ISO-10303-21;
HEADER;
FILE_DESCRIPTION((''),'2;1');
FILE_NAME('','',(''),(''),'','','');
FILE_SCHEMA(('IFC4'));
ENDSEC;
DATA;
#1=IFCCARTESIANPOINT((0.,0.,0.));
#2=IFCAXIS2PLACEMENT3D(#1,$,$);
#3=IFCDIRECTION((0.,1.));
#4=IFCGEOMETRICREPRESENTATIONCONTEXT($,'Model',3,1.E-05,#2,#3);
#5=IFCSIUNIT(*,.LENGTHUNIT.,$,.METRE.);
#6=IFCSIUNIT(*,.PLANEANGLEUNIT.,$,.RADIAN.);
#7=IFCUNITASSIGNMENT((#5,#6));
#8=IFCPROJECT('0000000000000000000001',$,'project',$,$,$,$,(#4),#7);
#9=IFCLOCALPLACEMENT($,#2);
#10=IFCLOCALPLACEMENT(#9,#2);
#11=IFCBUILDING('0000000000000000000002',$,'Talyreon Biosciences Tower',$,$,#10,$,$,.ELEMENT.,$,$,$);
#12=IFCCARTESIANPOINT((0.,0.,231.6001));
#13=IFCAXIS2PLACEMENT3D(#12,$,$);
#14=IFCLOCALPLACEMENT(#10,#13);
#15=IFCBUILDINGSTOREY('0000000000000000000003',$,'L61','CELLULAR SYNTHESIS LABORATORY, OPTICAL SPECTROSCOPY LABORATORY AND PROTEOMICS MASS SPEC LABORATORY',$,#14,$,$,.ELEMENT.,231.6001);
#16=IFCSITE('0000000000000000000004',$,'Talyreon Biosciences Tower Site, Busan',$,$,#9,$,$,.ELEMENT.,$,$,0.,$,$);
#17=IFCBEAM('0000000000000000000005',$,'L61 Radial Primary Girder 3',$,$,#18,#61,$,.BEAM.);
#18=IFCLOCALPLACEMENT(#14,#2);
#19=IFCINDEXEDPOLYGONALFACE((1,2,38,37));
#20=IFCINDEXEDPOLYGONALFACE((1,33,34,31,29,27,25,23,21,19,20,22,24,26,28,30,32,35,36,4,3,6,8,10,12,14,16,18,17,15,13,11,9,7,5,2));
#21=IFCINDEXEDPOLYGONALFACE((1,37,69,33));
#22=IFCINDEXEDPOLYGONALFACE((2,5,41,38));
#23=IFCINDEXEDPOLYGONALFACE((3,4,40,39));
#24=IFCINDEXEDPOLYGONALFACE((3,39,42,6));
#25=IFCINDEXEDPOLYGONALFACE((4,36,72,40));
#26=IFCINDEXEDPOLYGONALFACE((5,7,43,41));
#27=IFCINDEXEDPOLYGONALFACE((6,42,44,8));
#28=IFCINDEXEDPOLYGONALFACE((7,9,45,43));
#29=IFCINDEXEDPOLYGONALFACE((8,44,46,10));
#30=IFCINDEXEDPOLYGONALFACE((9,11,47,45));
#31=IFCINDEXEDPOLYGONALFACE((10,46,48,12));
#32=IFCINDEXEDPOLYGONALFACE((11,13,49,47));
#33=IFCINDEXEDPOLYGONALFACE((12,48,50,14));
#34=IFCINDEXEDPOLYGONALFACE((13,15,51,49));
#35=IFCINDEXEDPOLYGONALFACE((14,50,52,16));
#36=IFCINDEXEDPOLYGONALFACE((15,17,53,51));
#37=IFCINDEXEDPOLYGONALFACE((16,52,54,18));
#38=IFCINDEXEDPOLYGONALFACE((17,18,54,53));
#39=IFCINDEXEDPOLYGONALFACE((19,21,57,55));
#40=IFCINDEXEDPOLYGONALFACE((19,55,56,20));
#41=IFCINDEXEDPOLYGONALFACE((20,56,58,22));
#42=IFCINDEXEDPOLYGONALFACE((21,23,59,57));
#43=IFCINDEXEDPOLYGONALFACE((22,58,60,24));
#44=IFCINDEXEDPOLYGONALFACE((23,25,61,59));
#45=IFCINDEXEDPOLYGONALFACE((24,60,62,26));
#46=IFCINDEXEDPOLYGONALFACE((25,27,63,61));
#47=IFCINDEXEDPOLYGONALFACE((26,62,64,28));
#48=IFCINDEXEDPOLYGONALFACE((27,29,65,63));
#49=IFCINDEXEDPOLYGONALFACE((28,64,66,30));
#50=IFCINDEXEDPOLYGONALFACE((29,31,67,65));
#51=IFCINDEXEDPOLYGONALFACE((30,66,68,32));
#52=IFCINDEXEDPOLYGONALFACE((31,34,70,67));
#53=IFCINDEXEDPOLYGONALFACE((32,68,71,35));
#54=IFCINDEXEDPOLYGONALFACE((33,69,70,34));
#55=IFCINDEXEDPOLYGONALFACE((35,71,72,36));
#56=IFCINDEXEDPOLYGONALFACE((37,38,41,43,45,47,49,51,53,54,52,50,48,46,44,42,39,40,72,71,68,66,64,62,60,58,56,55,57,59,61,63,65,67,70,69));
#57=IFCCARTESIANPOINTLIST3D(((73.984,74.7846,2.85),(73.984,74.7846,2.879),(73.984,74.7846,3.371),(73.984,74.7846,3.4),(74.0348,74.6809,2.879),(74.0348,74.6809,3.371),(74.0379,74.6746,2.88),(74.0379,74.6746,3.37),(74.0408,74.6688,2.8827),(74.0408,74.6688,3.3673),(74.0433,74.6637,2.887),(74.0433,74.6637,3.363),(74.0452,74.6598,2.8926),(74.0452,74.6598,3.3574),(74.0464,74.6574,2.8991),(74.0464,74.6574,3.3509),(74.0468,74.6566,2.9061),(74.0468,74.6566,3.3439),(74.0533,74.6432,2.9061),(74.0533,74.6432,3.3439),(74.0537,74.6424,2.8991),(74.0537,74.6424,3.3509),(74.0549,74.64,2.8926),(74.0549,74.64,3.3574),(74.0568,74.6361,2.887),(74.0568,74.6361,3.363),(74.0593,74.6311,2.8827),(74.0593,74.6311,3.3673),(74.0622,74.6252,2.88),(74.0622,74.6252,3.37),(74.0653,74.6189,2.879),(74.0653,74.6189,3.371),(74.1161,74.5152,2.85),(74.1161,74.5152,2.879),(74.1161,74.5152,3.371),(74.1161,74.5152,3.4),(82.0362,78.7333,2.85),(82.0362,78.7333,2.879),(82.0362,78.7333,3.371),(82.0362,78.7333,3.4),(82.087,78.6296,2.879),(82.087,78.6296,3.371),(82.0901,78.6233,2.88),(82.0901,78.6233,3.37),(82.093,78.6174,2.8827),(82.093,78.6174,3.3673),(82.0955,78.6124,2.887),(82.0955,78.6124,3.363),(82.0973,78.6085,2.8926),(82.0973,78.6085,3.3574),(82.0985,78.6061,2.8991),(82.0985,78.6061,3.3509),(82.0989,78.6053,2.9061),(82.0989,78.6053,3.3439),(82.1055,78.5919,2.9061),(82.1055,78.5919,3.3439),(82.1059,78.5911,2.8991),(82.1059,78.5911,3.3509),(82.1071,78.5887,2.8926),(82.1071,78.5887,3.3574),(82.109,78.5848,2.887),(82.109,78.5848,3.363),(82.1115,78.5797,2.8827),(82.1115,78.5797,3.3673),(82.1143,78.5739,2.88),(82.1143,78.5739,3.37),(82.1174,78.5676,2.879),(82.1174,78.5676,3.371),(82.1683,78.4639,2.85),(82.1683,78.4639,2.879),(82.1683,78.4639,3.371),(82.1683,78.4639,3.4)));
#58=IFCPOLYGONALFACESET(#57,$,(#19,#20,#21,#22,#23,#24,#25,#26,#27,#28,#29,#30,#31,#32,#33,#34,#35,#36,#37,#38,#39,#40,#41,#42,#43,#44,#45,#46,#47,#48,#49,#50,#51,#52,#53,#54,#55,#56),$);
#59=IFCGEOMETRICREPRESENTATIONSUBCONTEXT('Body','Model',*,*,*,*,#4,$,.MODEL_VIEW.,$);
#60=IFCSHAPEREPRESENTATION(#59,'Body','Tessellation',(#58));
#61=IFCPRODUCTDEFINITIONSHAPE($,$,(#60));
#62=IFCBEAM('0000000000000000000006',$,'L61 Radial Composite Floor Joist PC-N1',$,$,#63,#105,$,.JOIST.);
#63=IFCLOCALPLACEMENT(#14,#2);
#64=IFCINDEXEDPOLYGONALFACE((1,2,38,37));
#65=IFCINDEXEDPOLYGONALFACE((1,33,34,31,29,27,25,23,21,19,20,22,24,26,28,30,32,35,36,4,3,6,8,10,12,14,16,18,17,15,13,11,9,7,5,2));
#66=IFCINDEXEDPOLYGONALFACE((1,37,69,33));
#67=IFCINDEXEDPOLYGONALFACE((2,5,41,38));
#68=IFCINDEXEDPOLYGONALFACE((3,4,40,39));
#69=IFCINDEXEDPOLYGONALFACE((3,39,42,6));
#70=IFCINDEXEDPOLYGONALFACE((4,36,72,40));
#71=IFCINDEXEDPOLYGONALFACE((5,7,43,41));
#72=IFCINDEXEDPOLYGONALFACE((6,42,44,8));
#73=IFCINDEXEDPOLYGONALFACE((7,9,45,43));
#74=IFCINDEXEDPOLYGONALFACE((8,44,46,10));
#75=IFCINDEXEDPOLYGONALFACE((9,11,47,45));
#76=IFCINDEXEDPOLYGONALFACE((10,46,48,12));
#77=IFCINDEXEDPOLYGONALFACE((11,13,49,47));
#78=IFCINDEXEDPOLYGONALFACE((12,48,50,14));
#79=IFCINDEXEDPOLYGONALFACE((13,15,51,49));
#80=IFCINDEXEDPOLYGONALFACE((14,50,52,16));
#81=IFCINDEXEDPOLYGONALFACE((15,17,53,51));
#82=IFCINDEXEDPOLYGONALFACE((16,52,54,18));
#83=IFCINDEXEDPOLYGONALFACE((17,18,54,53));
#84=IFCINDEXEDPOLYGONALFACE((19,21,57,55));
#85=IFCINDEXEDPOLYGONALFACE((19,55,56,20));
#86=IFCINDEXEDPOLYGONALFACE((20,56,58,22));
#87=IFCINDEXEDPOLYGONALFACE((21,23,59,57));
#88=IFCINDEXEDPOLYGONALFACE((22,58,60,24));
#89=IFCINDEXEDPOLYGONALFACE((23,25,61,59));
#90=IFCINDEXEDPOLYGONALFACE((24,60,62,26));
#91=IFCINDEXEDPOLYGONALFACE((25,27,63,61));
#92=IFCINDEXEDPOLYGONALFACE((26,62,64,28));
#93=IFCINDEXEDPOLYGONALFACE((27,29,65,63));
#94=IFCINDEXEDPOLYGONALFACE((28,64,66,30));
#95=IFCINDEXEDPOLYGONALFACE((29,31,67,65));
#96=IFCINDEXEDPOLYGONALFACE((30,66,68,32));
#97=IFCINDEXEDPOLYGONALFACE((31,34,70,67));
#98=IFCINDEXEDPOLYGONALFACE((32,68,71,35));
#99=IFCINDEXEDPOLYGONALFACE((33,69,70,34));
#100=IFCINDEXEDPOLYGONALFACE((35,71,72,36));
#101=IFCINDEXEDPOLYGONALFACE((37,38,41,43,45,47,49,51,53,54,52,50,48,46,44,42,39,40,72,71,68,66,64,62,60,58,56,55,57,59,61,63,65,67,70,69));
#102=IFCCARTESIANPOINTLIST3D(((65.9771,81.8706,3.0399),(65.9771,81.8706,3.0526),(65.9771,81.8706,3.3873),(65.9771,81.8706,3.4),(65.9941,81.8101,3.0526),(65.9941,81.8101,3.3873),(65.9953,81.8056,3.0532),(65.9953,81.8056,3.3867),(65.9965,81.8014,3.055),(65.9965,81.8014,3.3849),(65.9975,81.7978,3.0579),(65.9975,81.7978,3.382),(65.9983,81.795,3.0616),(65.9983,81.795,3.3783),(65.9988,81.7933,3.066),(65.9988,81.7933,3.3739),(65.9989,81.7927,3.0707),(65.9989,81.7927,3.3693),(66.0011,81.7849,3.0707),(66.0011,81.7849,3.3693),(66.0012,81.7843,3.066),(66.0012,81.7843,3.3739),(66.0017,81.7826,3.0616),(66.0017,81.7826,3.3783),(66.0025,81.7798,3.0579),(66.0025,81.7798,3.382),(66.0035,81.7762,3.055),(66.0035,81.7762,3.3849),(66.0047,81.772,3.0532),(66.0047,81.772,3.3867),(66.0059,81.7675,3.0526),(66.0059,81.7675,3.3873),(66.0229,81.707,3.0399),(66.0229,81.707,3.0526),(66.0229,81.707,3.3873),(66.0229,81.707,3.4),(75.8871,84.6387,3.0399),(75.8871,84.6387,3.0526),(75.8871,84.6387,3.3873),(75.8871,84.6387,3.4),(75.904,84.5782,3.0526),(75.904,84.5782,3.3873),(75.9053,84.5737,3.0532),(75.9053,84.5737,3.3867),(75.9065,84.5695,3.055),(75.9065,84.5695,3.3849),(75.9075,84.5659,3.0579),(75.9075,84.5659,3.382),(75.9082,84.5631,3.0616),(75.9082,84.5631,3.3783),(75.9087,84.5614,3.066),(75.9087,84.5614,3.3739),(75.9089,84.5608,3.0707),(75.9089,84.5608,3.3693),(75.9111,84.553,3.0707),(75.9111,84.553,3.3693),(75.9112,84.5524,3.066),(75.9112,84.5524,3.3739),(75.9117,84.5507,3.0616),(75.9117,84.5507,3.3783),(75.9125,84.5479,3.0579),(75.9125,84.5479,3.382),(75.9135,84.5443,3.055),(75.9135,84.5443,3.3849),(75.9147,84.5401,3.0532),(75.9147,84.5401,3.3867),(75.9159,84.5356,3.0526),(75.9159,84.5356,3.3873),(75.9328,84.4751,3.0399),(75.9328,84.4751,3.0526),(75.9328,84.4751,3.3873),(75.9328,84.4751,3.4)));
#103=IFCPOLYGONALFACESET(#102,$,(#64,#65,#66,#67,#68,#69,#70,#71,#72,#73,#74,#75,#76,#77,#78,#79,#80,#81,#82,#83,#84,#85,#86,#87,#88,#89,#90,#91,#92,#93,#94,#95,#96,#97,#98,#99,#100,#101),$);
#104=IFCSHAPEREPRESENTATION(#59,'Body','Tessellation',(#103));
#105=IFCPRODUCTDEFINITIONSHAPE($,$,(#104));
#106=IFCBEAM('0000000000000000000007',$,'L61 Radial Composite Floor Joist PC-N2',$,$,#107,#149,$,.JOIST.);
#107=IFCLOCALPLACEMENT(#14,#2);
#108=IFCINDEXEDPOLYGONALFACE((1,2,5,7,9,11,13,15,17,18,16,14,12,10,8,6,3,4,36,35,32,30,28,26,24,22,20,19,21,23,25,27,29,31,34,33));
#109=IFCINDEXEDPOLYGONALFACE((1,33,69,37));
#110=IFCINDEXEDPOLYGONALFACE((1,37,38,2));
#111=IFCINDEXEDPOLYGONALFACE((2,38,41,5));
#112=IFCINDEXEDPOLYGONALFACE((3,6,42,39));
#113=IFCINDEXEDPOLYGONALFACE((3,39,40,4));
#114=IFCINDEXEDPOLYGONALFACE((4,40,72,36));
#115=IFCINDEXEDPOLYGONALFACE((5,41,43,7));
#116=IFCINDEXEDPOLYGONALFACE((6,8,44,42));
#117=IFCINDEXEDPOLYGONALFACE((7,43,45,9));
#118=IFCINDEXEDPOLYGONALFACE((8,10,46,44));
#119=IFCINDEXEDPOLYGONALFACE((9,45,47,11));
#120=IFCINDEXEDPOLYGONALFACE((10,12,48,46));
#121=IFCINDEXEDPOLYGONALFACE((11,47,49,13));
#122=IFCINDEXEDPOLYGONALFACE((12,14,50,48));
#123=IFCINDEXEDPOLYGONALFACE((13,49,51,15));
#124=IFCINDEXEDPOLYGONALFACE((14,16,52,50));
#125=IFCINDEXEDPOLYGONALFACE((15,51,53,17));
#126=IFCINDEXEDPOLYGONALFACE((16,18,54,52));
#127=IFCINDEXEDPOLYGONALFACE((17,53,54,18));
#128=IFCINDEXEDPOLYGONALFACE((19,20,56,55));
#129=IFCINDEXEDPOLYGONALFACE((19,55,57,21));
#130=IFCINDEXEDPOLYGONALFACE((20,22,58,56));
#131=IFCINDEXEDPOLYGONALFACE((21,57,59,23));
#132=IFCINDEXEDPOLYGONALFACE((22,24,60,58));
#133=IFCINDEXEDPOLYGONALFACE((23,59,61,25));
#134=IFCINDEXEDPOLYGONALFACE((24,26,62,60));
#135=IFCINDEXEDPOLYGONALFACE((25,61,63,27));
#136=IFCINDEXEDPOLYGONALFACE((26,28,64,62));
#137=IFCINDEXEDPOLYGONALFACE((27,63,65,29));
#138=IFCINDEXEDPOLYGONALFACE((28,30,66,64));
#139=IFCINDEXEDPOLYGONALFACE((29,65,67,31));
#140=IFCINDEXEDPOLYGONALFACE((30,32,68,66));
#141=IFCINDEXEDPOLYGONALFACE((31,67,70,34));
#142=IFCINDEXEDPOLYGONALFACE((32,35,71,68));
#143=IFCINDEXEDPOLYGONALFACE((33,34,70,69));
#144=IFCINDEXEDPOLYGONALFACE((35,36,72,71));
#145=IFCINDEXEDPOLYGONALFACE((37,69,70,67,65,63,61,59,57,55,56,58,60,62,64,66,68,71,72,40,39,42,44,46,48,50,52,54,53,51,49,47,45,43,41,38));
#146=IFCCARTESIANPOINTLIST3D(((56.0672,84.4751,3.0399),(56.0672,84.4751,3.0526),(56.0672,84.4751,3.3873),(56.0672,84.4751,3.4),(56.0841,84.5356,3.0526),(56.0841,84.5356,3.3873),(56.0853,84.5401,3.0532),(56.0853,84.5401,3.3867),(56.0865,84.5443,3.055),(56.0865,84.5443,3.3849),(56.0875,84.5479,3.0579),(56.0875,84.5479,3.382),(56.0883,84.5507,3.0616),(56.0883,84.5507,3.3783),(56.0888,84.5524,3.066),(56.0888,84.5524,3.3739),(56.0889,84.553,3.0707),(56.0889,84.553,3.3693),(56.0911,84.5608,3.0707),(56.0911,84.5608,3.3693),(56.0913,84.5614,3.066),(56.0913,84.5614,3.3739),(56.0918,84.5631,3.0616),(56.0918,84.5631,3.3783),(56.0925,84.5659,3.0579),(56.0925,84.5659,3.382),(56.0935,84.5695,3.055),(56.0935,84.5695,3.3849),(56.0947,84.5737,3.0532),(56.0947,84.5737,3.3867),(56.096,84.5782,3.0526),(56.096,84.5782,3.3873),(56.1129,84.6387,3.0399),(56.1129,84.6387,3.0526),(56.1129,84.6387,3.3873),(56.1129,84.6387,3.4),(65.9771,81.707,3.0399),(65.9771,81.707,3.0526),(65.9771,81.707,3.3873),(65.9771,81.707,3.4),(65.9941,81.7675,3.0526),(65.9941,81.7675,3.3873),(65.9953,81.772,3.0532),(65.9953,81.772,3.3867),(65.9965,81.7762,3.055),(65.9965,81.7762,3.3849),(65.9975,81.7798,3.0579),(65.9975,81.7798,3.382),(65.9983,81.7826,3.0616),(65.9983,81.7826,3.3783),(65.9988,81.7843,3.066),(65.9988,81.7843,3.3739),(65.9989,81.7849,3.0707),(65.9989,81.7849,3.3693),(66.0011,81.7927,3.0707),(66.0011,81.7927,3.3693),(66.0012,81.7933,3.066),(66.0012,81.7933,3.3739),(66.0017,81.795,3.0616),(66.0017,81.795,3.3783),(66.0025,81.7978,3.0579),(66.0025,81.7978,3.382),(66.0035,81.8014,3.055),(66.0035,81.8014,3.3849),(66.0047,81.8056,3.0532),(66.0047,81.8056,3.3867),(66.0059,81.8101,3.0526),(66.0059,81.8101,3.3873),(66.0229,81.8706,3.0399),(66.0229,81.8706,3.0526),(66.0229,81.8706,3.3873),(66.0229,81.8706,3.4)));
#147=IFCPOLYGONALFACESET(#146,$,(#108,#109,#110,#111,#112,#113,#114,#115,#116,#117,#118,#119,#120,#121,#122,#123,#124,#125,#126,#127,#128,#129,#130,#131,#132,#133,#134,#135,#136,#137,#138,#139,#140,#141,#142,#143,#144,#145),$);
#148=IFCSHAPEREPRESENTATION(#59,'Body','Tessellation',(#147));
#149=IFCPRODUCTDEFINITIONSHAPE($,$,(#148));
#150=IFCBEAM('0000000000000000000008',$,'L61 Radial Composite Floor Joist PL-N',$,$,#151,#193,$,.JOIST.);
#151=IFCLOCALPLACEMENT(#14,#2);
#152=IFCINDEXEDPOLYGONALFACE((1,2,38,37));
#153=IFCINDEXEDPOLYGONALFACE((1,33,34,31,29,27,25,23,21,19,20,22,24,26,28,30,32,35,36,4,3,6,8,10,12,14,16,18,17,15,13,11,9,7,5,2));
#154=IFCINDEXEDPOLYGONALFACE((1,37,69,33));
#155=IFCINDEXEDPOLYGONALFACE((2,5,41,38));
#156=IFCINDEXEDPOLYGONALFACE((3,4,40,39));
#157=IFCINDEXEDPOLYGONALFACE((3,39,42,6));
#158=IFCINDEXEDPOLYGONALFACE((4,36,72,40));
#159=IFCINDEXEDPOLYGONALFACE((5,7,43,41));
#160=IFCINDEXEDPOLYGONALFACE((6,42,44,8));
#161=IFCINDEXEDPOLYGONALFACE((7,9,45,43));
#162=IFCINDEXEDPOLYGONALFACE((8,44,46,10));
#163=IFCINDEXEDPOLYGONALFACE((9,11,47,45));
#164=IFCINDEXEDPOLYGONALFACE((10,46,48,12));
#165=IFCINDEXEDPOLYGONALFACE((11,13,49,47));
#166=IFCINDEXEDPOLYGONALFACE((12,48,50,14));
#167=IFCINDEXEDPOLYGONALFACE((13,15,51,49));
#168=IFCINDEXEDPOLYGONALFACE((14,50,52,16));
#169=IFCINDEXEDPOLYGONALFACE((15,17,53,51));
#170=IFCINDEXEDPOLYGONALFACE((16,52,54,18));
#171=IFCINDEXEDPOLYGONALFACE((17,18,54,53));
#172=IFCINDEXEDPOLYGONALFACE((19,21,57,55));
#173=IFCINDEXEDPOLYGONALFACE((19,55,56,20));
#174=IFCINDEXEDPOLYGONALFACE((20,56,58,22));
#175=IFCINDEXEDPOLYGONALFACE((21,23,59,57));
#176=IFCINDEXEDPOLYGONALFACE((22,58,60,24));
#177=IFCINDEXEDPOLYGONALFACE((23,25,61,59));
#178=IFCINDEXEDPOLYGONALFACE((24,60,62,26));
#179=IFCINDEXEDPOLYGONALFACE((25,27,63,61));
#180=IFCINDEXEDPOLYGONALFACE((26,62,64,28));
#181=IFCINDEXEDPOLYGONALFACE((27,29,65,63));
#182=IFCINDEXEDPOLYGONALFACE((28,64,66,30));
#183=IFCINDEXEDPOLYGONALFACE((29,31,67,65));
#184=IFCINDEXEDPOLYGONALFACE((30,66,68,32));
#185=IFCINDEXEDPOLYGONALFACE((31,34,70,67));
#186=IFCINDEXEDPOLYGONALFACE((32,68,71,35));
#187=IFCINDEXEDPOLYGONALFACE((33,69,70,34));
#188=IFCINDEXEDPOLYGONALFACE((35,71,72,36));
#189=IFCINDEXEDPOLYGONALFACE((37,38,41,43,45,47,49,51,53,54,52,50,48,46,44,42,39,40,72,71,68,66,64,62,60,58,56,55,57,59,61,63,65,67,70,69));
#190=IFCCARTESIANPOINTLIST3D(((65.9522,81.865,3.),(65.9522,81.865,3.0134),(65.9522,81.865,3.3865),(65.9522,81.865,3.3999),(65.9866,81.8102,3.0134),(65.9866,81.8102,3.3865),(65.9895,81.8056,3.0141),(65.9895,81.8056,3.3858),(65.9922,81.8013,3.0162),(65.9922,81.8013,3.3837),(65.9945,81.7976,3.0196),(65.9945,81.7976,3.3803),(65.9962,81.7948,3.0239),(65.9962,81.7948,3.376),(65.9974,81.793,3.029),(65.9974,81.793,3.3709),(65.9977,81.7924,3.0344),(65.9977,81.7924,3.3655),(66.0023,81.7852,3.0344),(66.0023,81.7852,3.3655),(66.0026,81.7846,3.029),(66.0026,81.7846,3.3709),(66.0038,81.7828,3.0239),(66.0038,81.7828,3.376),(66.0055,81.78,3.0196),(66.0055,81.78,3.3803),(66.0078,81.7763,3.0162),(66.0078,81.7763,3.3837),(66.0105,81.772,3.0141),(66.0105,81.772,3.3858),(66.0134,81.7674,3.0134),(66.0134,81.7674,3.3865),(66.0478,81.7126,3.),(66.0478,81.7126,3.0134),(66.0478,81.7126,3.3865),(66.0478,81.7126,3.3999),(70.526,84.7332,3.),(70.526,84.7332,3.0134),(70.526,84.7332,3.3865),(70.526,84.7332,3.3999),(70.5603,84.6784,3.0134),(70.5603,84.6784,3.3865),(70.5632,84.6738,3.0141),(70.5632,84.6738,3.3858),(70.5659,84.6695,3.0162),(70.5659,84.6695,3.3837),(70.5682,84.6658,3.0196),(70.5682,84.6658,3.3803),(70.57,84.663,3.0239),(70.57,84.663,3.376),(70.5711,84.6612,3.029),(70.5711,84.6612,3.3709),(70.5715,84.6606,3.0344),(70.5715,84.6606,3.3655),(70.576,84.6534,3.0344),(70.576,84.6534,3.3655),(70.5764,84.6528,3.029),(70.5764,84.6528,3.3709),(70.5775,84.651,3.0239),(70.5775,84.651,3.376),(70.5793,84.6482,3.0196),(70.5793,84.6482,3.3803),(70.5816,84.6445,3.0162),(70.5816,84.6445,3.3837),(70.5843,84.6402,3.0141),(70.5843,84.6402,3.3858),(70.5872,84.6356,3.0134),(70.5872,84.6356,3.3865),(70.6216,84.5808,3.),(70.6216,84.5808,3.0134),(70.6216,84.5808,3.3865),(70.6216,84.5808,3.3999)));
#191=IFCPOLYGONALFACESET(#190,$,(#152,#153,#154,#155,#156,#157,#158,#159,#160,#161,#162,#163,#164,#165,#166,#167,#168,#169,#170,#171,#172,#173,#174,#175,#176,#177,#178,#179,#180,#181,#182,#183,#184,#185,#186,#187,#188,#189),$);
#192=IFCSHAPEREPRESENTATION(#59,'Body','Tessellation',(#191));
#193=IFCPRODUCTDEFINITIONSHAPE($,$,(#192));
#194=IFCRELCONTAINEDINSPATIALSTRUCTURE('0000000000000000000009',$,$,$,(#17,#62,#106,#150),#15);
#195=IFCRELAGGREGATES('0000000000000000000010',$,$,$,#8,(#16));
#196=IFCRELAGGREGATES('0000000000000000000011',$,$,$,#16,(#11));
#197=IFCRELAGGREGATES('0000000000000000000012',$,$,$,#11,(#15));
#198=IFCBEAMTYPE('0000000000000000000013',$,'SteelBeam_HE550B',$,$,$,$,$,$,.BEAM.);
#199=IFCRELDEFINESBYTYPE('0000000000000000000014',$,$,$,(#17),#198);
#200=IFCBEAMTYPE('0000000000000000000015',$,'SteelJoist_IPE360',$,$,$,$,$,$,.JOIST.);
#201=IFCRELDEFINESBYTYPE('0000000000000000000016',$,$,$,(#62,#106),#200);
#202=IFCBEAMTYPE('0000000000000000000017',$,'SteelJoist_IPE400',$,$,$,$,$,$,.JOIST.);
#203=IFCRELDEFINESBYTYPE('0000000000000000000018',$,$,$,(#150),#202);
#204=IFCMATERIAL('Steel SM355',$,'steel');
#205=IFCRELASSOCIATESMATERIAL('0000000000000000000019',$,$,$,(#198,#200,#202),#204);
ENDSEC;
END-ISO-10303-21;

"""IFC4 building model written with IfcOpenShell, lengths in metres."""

from ifc_helpers import new_model, si_unit, direction, frame, origin, origin_2d, place, context, subcontext, project, spatial, i_section, extrude, material, material_profile, profile_set, type_object, element, save


model = new_model("IFC4")

# Units and contexts
model_context = context("Model", 3, precision=1e-05, world=origin(), true_north=direction((0.0, 1.0)))
body_context = subcontext(model_context, "Body", "Model", "MODEL_VIEW")
ifc_project = project(units=[si_unit("LENGTHUNIT", "METRE"), si_unit("PLANEANGLEUNIT", "RADIAN")], contexts=[model_context])

# Site, building, storey
site_placement = place(None, origin())
site = spatial("IfcSite", under=ifc_project, at=site_placement, Name="Talyreon Biosciences Tower Site, Busan", CompositionType="ELEMENT", RefElevation=0.0)
building_placement = place(site_placement, origin())
building = spatial("IfcBuilding", under=site, at=building_placement, Name="Talyreon Biosciences Tower", CompositionType="ELEMENT")
storey_placement = place(building_placement, frame((0.0, 0.0, 231.6001)))
storey = spatial("IfcBuildingStorey", under=building, at=storey_placement, Name="L61", Description="CELLULAR SYNTHESIS LABORATORY, OPTICAL SPECTROSCOPY LABORATORY AND PROTEOMICS MASS SPEC LABORATORY", CompositionType="ELEMENT", Elevation=231.6001)

# Beams
ifc_material_1 = material(Name="Steel SM355", Category="steel")
ifc_material_profile_1 = material_profile(ifc_material_1, i_section(OverallWidth=0.3, OverallDepth=0.55, WebThickness=0.0149, FlangeThickness=0.0291, FilletRadius=0.0271, at=origin_2d()), Name="HE550B")
ifc_profile_set_1 = profile_set([ifc_material_profile_1], Name="Steel SM355")
beam_type_1 = type_object("IfcBeamType", Name="SteelBeam_HE550B", PredefinedType="BEAM", material=ifc_profile_set_1)
beam_1_placement = place(storey_placement, frame((74.05, 74.6499, 3.125), z_axis=(0.897852, 0.440297, 0.0), x_axis=(-0.440297, 0.897852, 0.0)))
element("IfcBeam", 1, at=beam_1_placement, inside=storey, type_object=beam_type_1, Name="L61 Radial Primary Girder 3", PredefinedType="BEAM", context=body_context, shape_type="SweptSolid", body=[
    extrude(i_section(OverallWidth=0.3, OverallDepth=0.55, WebThickness=0.0149, FlangeThickness=0.0291, FilletRadius=0.0271, at=origin_2d()), origin(), (0.0, 0.0, 1.0), 8.9683),
])
ifc_material_profile_2 = material_profile(ifc_material_1, i_section(OverallWidth=0.1699, OverallDepth=0.3601, WebThickness=0.0081, FlangeThickness=0.0127, FilletRadius=0.0181, at=origin_2d()), Name="IPE360")
ifc_profile_set_2 = profile_set([ifc_material_profile_2], Name="Steel SM355")
beam_type_2 = type_object("IfcBeamType", Name="SteelJoist_IPE360", PredefinedType="JOIST", material=ifc_profile_set_2)
for number, where, z_axis, x_axis, name in (
    (2, (66.0, 81.7888, 3.22), (0.963133, 0.269025, 0.0), (-0.269025, 0.963133, 0.0), "L61 Radial Composite Floor Joist PC-N1"),
    (3, (66.0, 81.7888, 3.22), (-0.963133, 0.269025, 0.0), (-0.269025, -0.963133, 0.0), "L61 Radial Composite Floor Joist PC-N2"),
):
    element("IfcBeam", number, at=place(storey_placement, frame(where, z_axis=z_axis, x_axis=x_axis)), inside=storey, type_object=beam_type_2, Name=name, PredefinedType="JOIST", context=body_context, shape_type="SweptSolid", body=[
        extrude(i_section(OverallWidth=0.1699, OverallDepth=0.3601, WebThickness=0.0081, FlangeThickness=0.0127, FilletRadius=0.0181, at=origin_2d()), origin(), (0.0, 0.0, 1.0), 10.2893),
    ])
ifc_material_profile_3 = material_profile(ifc_material_1, i_section(OverallWidth=0.1799, OverallDepth=0.3999, WebThickness=0.0085, FlangeThickness=0.0134, FilletRadius=0.021, at=origin_2d()), Name="IPE400")
ifc_profile_set_3 = profile_set([ifc_material_profile_3], Name="Steel SM355")
beam_type_3 = type_object("IfcBeamType", Name="SteelJoist_IPE400", PredefinedType="JOIST", material=ifc_profile_set_3)
beam_2_placement = place(storey_placement, frame((66.0, 81.7888, 3.2), z_axis=(0.8472, 0.531275, 0.0), x_axis=(-0.531275, 0.8472, 0.0)))
element("IfcBeam", 4, at=beam_2_placement, inside=storey, type_object=beam_type_3, Name="L61 Radial Composite Floor Joist PL-N", PredefinedType="JOIST", context=body_context, shape_type="SweptSolid", body=[
    extrude(i_section(OverallWidth=0.1799, OverallDepth=0.3999, WebThickness=0.0085, FlangeThickness=0.0134, FilletRadius=0.021, at=origin_2d()), origin(), (0.0, 0.0, 1.0), 5.3987),
])

save(model, "model.ifc")
